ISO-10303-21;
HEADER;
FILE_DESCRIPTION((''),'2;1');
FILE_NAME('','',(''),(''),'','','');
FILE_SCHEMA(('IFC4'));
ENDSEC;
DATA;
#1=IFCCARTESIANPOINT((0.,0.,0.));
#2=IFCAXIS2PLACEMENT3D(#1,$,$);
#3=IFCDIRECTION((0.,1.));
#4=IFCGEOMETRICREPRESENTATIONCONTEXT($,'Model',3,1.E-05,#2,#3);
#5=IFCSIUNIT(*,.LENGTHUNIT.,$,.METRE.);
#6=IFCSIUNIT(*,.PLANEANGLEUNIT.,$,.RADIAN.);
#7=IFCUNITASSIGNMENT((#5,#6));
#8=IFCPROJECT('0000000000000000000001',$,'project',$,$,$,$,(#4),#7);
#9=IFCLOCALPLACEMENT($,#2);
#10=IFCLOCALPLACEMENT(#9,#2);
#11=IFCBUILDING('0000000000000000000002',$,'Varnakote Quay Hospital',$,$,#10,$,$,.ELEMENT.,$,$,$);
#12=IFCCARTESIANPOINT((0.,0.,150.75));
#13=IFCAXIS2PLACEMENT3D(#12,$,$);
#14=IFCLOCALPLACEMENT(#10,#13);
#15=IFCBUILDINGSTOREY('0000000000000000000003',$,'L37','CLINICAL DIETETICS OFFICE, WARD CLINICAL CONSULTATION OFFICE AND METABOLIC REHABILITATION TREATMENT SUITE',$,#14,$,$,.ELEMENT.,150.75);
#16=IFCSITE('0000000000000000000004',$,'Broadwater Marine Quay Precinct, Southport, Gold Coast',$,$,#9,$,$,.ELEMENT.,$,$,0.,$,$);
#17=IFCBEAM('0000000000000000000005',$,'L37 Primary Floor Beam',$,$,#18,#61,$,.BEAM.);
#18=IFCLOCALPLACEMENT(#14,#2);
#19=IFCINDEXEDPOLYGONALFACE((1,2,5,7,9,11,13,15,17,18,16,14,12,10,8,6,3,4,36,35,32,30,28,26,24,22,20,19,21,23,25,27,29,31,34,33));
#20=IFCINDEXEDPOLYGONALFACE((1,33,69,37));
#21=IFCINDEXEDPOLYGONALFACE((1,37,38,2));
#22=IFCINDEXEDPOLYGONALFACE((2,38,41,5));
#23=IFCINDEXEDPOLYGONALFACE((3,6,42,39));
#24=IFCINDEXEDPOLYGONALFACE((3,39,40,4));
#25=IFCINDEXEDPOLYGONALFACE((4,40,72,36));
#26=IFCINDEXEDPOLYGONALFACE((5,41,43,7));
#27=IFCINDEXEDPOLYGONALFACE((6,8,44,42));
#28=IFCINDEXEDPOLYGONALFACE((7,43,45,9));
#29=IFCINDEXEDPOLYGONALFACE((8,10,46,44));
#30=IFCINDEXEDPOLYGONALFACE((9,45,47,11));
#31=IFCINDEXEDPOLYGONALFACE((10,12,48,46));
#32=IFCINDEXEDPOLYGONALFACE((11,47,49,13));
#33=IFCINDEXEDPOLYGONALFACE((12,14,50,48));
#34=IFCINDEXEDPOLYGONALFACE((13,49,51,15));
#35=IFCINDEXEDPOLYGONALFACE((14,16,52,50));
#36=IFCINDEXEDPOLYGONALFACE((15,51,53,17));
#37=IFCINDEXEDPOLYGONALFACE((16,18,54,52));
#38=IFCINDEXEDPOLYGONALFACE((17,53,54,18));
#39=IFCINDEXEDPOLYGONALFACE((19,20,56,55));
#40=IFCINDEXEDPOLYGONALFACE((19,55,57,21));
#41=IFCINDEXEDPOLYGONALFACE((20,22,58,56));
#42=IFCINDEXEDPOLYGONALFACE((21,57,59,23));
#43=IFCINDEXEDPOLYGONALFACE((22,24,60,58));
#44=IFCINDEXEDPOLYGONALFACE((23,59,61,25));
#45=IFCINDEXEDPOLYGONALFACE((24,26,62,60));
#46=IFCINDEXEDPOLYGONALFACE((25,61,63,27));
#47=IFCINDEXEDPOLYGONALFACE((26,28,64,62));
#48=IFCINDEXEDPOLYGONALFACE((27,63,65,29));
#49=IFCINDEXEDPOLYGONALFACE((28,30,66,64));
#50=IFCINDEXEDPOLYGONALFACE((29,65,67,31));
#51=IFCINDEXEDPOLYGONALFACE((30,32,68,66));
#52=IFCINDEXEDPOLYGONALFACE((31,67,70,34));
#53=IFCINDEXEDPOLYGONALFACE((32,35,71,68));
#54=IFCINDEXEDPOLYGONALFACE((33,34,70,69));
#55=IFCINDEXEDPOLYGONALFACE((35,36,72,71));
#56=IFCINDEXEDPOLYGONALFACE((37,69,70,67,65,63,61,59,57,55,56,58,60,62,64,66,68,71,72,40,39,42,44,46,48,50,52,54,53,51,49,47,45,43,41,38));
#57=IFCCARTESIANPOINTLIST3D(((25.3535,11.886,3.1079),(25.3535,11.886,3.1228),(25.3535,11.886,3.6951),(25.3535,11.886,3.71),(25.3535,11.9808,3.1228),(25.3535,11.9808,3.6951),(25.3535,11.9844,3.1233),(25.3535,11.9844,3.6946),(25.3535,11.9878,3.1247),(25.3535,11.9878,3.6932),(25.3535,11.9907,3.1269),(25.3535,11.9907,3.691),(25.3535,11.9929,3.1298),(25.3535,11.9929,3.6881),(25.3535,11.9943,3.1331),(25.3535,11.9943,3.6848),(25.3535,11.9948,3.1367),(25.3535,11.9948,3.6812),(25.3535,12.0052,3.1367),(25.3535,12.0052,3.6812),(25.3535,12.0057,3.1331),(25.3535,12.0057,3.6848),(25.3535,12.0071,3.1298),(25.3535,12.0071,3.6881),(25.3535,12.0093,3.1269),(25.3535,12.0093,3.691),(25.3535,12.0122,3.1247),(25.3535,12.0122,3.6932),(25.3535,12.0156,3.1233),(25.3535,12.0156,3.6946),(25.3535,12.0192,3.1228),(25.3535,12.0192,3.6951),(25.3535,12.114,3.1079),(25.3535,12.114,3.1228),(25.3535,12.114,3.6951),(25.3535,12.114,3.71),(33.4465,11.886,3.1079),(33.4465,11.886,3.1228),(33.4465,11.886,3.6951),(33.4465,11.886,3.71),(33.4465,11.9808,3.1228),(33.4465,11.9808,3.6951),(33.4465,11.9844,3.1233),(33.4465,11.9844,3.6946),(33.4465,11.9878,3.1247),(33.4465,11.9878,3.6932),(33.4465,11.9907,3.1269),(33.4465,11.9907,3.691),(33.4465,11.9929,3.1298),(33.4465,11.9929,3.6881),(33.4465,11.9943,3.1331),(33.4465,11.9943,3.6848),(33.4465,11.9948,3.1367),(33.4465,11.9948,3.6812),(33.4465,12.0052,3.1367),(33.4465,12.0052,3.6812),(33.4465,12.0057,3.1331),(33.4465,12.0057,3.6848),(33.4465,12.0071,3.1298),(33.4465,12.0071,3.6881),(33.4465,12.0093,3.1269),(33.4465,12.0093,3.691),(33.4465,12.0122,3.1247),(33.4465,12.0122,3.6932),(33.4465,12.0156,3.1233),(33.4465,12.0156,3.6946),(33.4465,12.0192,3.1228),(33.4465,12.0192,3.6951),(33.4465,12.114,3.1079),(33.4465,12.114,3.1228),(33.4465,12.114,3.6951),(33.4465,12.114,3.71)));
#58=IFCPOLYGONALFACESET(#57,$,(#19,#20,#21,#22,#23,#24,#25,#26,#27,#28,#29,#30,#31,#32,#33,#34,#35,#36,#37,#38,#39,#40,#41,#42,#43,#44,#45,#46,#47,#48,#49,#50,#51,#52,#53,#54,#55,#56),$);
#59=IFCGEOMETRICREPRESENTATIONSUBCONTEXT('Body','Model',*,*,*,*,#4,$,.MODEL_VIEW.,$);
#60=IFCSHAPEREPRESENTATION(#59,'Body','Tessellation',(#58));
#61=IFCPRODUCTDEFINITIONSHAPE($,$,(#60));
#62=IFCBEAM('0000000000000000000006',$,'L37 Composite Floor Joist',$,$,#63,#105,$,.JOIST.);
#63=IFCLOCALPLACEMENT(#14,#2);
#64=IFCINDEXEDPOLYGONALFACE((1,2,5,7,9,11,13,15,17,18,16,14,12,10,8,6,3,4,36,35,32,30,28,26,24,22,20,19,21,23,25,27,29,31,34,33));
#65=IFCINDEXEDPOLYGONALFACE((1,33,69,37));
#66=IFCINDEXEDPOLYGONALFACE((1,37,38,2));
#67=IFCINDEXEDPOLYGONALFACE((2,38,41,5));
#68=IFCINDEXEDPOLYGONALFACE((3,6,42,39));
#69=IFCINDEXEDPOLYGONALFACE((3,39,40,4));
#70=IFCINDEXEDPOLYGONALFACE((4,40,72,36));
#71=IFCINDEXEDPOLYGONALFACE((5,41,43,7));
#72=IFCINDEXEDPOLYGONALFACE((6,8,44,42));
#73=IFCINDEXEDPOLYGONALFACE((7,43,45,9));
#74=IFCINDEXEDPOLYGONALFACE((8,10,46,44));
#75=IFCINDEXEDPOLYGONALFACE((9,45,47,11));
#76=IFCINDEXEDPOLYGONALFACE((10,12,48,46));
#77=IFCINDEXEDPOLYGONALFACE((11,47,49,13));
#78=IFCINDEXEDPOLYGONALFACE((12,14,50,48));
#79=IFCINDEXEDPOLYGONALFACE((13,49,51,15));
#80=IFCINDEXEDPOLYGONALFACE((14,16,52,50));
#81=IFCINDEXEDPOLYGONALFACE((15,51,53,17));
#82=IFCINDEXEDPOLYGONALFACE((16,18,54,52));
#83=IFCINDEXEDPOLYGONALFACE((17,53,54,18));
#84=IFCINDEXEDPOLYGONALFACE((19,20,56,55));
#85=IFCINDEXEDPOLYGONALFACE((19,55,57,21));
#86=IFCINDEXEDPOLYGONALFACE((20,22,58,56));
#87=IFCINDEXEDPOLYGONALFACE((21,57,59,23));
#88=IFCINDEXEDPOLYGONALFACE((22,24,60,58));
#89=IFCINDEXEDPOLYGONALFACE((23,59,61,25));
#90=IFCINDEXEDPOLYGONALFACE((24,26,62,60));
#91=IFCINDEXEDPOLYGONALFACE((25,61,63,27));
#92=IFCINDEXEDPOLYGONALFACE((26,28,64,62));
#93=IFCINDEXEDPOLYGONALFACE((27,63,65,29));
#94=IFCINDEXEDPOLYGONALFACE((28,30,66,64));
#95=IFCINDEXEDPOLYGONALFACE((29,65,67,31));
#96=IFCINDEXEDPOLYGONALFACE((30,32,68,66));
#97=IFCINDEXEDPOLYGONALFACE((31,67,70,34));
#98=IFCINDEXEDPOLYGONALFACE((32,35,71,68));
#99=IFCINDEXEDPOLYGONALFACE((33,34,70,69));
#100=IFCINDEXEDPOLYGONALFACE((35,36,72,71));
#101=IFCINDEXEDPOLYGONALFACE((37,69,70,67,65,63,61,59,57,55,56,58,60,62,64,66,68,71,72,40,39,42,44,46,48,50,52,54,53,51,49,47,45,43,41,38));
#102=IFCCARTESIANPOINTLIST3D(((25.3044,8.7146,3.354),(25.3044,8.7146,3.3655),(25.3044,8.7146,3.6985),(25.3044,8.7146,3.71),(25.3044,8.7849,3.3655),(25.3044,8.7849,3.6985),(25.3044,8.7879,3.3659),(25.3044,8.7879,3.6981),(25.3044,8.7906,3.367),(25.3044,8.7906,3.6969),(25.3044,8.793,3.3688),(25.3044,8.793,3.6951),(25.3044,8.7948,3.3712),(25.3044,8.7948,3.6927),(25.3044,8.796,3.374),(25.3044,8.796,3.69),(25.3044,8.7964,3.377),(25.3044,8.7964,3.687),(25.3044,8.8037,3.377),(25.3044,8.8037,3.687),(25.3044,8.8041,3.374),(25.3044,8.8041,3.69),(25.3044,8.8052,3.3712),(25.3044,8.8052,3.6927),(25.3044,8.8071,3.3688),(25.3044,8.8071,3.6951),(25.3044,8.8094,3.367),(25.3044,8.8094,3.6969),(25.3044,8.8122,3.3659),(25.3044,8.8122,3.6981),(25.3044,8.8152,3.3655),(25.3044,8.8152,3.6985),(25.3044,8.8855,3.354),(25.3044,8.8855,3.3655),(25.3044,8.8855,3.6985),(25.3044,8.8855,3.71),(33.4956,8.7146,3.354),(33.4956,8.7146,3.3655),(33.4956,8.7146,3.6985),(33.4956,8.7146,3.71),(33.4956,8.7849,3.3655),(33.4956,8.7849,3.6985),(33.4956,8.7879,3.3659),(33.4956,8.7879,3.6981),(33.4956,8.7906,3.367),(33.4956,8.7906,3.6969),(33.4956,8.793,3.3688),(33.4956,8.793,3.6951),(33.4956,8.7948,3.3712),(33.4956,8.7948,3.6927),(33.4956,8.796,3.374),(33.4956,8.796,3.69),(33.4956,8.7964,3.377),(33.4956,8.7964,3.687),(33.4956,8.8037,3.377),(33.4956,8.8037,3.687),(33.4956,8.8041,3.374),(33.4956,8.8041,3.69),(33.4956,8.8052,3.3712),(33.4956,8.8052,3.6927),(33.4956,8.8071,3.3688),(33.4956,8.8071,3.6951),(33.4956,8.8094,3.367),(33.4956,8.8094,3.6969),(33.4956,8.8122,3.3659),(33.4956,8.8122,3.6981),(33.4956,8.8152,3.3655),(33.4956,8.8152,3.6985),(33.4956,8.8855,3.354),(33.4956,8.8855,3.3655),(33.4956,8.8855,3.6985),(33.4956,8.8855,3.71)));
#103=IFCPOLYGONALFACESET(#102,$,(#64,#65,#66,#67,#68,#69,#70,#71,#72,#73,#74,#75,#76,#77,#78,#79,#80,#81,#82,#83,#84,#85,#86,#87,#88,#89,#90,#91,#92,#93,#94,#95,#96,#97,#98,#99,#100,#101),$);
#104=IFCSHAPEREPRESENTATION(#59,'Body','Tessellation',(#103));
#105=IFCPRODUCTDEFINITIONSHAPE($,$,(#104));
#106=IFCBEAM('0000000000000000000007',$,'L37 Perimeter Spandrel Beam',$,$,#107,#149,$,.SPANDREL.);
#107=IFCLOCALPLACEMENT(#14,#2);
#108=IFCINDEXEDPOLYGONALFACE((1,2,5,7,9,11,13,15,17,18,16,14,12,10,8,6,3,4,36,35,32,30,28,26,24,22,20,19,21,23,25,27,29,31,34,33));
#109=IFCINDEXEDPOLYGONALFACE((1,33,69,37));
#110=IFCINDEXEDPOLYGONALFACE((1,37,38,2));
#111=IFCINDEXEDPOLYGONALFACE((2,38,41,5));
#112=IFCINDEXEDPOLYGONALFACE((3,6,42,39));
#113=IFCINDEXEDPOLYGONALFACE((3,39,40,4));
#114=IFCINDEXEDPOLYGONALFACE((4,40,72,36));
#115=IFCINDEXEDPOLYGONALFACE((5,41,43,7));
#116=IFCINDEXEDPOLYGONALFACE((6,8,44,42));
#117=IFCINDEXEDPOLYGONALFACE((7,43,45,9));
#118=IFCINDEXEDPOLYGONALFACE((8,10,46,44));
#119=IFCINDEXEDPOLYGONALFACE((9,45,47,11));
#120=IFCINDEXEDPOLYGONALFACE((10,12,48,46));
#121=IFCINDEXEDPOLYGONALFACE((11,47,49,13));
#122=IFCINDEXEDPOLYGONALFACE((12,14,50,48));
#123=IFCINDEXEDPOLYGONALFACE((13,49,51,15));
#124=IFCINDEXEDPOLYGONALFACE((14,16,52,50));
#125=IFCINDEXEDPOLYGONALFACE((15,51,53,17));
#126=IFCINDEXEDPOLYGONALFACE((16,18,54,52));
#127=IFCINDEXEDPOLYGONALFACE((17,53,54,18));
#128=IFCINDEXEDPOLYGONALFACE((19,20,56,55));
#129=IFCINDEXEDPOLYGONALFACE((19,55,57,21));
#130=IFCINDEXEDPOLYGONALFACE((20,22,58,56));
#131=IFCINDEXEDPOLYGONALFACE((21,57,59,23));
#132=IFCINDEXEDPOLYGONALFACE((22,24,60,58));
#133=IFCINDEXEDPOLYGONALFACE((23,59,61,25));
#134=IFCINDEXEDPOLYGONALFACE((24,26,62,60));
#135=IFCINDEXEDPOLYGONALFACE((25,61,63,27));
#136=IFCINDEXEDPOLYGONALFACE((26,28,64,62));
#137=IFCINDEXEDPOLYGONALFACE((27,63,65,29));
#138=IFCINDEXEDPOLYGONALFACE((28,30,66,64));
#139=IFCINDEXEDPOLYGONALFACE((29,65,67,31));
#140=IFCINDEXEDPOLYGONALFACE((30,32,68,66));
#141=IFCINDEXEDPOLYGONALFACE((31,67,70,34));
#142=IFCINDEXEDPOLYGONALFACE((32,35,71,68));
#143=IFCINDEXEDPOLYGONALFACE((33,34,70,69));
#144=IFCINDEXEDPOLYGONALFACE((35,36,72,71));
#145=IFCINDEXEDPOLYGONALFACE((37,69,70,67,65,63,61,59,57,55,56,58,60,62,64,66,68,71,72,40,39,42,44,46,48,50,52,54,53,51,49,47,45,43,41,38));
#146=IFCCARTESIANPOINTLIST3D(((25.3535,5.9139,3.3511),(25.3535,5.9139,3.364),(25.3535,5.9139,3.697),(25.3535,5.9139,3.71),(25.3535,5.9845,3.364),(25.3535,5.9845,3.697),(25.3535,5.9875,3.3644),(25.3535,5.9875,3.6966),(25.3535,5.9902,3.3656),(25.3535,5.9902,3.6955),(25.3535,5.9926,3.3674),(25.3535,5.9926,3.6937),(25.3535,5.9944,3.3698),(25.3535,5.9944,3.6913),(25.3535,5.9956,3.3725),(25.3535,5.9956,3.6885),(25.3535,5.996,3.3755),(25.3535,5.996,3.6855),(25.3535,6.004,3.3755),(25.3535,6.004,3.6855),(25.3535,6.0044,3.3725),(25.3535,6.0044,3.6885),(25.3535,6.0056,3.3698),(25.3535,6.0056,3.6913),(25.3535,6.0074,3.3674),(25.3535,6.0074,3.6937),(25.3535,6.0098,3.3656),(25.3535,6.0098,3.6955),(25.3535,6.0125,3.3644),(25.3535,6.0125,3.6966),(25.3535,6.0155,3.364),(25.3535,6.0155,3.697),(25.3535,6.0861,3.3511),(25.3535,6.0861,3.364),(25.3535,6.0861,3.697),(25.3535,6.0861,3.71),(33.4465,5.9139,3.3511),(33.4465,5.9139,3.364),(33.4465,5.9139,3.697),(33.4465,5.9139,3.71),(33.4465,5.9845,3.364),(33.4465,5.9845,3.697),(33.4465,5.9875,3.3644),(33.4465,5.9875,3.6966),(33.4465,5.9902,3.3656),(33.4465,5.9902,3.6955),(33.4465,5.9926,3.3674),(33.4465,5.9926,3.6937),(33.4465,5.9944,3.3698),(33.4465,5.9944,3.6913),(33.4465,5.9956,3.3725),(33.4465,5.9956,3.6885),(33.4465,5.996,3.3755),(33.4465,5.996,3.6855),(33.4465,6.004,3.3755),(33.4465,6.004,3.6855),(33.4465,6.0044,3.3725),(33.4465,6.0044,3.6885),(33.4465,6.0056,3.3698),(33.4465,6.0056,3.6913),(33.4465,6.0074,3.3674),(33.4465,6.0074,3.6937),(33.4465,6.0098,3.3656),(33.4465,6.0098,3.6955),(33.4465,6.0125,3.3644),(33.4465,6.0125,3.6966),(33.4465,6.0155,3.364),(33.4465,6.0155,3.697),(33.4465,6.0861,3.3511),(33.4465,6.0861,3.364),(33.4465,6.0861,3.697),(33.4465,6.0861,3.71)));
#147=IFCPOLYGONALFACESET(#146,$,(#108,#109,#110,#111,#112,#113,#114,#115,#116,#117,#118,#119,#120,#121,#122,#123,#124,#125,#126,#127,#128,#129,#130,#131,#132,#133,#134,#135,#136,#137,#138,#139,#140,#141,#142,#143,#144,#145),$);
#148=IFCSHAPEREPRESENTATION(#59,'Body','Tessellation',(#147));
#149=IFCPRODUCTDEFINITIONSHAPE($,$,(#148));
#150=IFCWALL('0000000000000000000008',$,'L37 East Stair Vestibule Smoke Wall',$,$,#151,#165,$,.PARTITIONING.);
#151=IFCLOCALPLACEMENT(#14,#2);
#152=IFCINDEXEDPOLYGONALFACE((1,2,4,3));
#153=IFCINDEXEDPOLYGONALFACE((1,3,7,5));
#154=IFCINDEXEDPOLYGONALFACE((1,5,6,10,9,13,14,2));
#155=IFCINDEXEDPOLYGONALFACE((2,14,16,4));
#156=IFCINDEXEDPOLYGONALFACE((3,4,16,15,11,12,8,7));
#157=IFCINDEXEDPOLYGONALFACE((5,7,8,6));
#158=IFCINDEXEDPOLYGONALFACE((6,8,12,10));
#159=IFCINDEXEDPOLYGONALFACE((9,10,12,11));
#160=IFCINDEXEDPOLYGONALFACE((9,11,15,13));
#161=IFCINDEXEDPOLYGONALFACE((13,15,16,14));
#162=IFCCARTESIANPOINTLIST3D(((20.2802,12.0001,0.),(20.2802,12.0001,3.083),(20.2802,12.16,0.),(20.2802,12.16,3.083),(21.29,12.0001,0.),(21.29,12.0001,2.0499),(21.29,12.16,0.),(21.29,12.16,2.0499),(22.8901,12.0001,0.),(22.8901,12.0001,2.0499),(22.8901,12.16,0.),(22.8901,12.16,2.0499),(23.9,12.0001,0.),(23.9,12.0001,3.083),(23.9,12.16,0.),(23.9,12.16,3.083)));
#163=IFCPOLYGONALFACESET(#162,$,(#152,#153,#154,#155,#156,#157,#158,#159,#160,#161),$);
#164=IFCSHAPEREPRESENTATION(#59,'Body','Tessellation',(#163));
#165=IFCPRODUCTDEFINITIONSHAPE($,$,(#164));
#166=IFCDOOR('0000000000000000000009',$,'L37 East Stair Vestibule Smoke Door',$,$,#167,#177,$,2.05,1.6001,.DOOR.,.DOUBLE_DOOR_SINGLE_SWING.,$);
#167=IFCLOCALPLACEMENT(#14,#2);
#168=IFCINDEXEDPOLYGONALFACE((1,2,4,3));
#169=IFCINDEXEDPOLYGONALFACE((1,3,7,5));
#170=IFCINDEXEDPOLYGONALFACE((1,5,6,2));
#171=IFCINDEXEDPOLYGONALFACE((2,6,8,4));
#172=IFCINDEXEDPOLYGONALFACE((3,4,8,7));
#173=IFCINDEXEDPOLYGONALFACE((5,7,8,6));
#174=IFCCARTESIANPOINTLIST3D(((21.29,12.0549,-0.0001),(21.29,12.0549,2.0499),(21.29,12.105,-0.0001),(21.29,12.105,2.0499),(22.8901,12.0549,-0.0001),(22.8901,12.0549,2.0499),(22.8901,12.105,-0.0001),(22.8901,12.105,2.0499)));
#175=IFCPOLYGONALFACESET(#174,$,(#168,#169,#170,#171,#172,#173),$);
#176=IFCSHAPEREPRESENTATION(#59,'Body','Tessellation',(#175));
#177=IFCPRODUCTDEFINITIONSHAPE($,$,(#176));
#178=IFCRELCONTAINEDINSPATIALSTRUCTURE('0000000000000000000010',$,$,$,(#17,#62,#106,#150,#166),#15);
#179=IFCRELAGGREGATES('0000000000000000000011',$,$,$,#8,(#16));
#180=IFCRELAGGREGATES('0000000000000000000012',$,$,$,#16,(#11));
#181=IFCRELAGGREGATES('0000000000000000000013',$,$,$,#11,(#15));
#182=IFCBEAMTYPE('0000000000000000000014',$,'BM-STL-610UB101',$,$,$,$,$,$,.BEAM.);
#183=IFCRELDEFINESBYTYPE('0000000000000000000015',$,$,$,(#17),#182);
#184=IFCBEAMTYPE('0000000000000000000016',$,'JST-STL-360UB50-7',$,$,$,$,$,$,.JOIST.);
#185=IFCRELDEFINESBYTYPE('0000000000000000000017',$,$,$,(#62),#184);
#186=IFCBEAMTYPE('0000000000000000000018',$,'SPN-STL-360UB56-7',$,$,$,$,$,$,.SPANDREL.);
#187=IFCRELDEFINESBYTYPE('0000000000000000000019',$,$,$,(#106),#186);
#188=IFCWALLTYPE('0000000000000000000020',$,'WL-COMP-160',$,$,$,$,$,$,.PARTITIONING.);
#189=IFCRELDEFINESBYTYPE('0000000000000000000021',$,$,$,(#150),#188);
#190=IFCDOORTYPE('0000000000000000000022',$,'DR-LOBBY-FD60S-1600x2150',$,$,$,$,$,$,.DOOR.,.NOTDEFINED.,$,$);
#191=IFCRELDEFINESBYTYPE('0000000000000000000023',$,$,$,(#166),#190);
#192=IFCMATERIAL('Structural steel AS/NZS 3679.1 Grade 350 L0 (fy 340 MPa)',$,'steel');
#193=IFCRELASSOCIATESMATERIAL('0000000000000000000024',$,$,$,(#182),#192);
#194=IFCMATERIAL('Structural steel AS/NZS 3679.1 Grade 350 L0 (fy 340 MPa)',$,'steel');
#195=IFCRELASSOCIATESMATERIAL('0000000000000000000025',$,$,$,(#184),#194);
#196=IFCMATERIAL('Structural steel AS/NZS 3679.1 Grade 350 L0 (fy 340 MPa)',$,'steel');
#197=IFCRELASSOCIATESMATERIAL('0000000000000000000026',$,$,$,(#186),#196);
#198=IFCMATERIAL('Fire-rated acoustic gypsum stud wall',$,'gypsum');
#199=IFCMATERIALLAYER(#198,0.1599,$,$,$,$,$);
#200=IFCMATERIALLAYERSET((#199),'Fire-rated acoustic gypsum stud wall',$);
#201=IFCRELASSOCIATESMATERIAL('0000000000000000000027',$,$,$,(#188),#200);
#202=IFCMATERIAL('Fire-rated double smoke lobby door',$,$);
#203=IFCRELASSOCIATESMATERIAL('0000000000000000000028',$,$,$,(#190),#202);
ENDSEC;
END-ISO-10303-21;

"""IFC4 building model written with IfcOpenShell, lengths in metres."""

from ifc_helpers import new_model, si_unit, direction, frame, frame_2d, origin, origin_2d, place, context, subcontext, project, spatial, rectangle, i_section, extrude, material, layer, layer_set, material_profile, profile_set, type_object, element, fill, save


model = new_model("IFC4")

# Units and contexts
model_context = context("Model", 3, precision=1e-05, world=origin(), true_north=direction((0.0, 1.0)))
body_context = subcontext(model_context, "Body", "Model", "MODEL_VIEW")
ifc_project = project(units=[si_unit("LENGTHUNIT", "METRE"), si_unit("PLANEANGLEUNIT", "RADIAN")], contexts=[model_context])

# Site, building, storey
site_placement = place(None, origin())
site = spatial("IfcSite", under=ifc_project, at=site_placement, Name="Broadwater Marine Quay Precinct, Southport, Gold Coast", CompositionType="ELEMENT", RefElevation=0.0)
building_placement = place(site_placement, origin())
building = spatial("IfcBuilding", under=site, at=building_placement, Name="Varnakote Quay Hospital", CompositionType="ELEMENT")
storey_placement = place(building_placement, frame((0.0, 0.0, 150.75)))
storey = spatial("IfcBuildingStorey", under=building, at=storey_placement, Name="L37", Description="CLINICAL DIETETICS OFFICE, WARD CLINICAL CONSULTATION OFFICE AND METABOLIC REHABILITATION TREATMENT SUITE", CompositionType="ELEMENT", Elevation=150.75)

# Beams
ifc_material_1 = material(Name="Structural steel AS/NZS 3679.1 Grade 350 L0 (fy 340 MPa)", Category="steel")
ifc_material_profile_1 = material_profile(ifc_material_1, i_section(OverallWidth=0.228, OverallDepth=0.6021, WebThickness=0.0105, FlangeThickness=0.0149, FilletRadius=0.0139, at=origin_2d()), Name="610UB101")
ifc_profile_set_1 = profile_set([ifc_material_profile_1], Name="Structural steel AS/NZS 3679.1 Grade 350 L0 (fy 340 MPa)")
beam_type_1 = type_object("IfcBeamType", Name="BM-STL-610UB101", PredefinedType="BEAM", material=ifc_profile_set_1)
beam_1_placement = place(storey_placement, frame((25.3535, 12.0, 3.4089), z_axis=(1.0, 0.0, 0.0), x_axis=(0.0, 1.0, 0.0)))
element("IfcBeam", 1, at=beam_1_placement, inside=storey, type_object=beam_type_1, Name="L37 Primary Floor Beam", PredefinedType="BEAM", context=body_context, shape_type="SweptSolid", body=[
    extrude(i_section(OverallWidth=0.228, OverallDepth=0.6021, WebThickness=0.0105, FlangeThickness=0.0149, FilletRadius=0.0139, at=origin_2d()), origin(), (0.0, 0.0, 1.0), 8.093),
])
ifc_material_2 = material(Name="Structural steel AS/NZS 3679.1 Grade 350 L0 (fy 340 MPa)", Category="steel")
ifc_material_profile_2 = material_profile(ifc_material_2, i_section(OverallWidth=0.1709, OverallDepth=0.356, WebThickness=0.0073, FlangeThickness=0.0115, FilletRadius=0.0115, at=origin_2d()), Name="360UB50.7")
ifc_profile_set_2 = profile_set([ifc_material_profile_2], Name="Structural steel AS/NZS 3679.1 Grade 350 L0 (fy 340 MPa)")
beam_type_2 = type_object("IfcBeamType", Name="JST-STL-360UB50-7", PredefinedType="JOIST", material=ifc_profile_set_2)
beam_2_placement = place(storey_placement, frame((25.3044, 8.8, 3.532), z_axis=(1.0, 0.0, 0.0), x_axis=(0.0, 1.0, 0.0)))
element("IfcBeam", 2, at=beam_2_placement, inside=storey, type_object=beam_type_2, Name="L37 Composite Floor Joist", PredefinedType="JOIST", context=body_context, shape_type="SweptSolid", body=[
    extrude(i_section(OverallWidth=0.1709, OverallDepth=0.356, WebThickness=0.0073, FlangeThickness=0.0115, FilletRadius=0.0115, at=origin_2d()), origin(), (0.0, 0.0, 1.0), 8.1912),
])
ifc_material_3 = material(Name="Structural steel AS/NZS 3679.1 Grade 350 L0 (fy 340 MPa)", Category="steel")
ifc_material_profile_3 = material_profile(ifc_material_3, i_section(OverallWidth=0.1721, OverallDepth=0.3589, WebThickness=0.0081, FlangeThickness=0.0129, FilletRadius=0.0115, at=origin_2d()), Name="360UB56.7")
ifc_profile_set_3 = profile_set([ifc_material_profile_3], Name="Structural steel AS/NZS 3679.1 Grade 350 L0 (fy 340 MPa)")
beam_type_3 = type_object("IfcBeamType", Name="SPN-STL-360UB56-7", PredefinedType="SPANDREL", material=ifc_profile_set_3)
beam_3_placement = place(storey_placement, frame((25.3535, 6.0, 3.5305), z_axis=(1.0, 0.0, 0.0), x_axis=(0.0, 1.0, 0.0)))
element("IfcBeam", 3, at=beam_3_placement, inside=storey, type_object=beam_type_3, Name="L37 Perimeter Spandrel Beam", PredefinedType="SPANDREL", context=body_context, shape_type="SweptSolid", body=[
    extrude(i_section(OverallWidth=0.1721, OverallDepth=0.3589, WebThickness=0.0081, FlangeThickness=0.0129, FilletRadius=0.0115, at=origin_2d()), origin(), (0.0, 0.0, 1.0), 8.093),
])

# Wall, opening, door
ifc_material_4 = material(Name="Fire-rated acoustic gypsum stud wall", Category="gypsum")
ifc_layer_1 = layer(ifc_material_4, 0.1599)
ifc_layer_set_1 = layer_set([ifc_layer_1], Name="Fire-rated acoustic gypsum stud wall")
wall_type_1 = type_object("IfcWallType", Name="WL-COMP-160", PredefinedType="PARTITIONING", material=ifc_layer_set_1)
wall_1_placement = place(storey_placement, frame((20.28, 12.0801, 0.0), z_axis=(0.0, 0.0, 1.0), x_axis=(1.0, 0.0, 0.0)))
wall_1 = element("IfcWall", 4, at=wall_1_placement, inside=storey, type_object=wall_type_1, Name="L37 East Stair Vestibule Smoke Wall", PredefinedType="PARTITIONING", context=body_context, shape_type="SweptSolid", body=[
    extrude(rectangle(XDim=3.6199, YDim=0.1599, at=frame_2d((1.8101, 0.0))), origin(), (0.0, 0.0, 1.0), 3.083),
])
opening_placement = place(wall_1_placement, frame((1.01, 0.0, 0.0)))
opening = element("IfcOpeningElement", 5, at=opening_placement, cuts=wall_1, PredefinedType="OPENING", context=body_context, shape_type="SweptSolid", body=[
    extrude(rectangle(XDim=1.6001, YDim=2.05, at=frame_2d((0.8, 1.0249))), frame((0.0, 0.0898, 0.0), z_axis=(0.0, -1.0, 0.0), x_axis=(1.0, 0.0, 0.0)), (0.0, 0.0, 1.0), 0.1799),
])
ifc_material_5 = material(Name="Fire-rated double smoke lobby door")
door_type = type_object("IfcDoorType", Name="DR-LOBBY-FD60S-1600x2150", OperationType="NOTDEFINED", PredefinedType="DOOR", material=ifc_material_5)
door_placement = place(opening_placement, origin())
door = element("IfcDoor", 6, at=door_placement, inside=storey, type_object=door_type, Name="L37 East Stair Vestibule Smoke Door", OperationType="DOUBLE_DOOR_SINGLE_SWING", OverallHeight=2.05, OverallWidth=1.6001, PredefinedType="DOOR", context=body_context, shape_type="SweptSolid", body=[
    extrude(rectangle(XDim=1.6001, YDim=2.05, at=frame_2d((0.8, 1.0249))), frame((0.0, 0.0249, 0.0), z_axis=(0.0, -1.0, 0.0), x_axis=(1.0, 0.0, 0.0)), (0.0, 0.0, 1.0), 0.05),
])
fill(opening, door)

save(model, "model.ifc")
